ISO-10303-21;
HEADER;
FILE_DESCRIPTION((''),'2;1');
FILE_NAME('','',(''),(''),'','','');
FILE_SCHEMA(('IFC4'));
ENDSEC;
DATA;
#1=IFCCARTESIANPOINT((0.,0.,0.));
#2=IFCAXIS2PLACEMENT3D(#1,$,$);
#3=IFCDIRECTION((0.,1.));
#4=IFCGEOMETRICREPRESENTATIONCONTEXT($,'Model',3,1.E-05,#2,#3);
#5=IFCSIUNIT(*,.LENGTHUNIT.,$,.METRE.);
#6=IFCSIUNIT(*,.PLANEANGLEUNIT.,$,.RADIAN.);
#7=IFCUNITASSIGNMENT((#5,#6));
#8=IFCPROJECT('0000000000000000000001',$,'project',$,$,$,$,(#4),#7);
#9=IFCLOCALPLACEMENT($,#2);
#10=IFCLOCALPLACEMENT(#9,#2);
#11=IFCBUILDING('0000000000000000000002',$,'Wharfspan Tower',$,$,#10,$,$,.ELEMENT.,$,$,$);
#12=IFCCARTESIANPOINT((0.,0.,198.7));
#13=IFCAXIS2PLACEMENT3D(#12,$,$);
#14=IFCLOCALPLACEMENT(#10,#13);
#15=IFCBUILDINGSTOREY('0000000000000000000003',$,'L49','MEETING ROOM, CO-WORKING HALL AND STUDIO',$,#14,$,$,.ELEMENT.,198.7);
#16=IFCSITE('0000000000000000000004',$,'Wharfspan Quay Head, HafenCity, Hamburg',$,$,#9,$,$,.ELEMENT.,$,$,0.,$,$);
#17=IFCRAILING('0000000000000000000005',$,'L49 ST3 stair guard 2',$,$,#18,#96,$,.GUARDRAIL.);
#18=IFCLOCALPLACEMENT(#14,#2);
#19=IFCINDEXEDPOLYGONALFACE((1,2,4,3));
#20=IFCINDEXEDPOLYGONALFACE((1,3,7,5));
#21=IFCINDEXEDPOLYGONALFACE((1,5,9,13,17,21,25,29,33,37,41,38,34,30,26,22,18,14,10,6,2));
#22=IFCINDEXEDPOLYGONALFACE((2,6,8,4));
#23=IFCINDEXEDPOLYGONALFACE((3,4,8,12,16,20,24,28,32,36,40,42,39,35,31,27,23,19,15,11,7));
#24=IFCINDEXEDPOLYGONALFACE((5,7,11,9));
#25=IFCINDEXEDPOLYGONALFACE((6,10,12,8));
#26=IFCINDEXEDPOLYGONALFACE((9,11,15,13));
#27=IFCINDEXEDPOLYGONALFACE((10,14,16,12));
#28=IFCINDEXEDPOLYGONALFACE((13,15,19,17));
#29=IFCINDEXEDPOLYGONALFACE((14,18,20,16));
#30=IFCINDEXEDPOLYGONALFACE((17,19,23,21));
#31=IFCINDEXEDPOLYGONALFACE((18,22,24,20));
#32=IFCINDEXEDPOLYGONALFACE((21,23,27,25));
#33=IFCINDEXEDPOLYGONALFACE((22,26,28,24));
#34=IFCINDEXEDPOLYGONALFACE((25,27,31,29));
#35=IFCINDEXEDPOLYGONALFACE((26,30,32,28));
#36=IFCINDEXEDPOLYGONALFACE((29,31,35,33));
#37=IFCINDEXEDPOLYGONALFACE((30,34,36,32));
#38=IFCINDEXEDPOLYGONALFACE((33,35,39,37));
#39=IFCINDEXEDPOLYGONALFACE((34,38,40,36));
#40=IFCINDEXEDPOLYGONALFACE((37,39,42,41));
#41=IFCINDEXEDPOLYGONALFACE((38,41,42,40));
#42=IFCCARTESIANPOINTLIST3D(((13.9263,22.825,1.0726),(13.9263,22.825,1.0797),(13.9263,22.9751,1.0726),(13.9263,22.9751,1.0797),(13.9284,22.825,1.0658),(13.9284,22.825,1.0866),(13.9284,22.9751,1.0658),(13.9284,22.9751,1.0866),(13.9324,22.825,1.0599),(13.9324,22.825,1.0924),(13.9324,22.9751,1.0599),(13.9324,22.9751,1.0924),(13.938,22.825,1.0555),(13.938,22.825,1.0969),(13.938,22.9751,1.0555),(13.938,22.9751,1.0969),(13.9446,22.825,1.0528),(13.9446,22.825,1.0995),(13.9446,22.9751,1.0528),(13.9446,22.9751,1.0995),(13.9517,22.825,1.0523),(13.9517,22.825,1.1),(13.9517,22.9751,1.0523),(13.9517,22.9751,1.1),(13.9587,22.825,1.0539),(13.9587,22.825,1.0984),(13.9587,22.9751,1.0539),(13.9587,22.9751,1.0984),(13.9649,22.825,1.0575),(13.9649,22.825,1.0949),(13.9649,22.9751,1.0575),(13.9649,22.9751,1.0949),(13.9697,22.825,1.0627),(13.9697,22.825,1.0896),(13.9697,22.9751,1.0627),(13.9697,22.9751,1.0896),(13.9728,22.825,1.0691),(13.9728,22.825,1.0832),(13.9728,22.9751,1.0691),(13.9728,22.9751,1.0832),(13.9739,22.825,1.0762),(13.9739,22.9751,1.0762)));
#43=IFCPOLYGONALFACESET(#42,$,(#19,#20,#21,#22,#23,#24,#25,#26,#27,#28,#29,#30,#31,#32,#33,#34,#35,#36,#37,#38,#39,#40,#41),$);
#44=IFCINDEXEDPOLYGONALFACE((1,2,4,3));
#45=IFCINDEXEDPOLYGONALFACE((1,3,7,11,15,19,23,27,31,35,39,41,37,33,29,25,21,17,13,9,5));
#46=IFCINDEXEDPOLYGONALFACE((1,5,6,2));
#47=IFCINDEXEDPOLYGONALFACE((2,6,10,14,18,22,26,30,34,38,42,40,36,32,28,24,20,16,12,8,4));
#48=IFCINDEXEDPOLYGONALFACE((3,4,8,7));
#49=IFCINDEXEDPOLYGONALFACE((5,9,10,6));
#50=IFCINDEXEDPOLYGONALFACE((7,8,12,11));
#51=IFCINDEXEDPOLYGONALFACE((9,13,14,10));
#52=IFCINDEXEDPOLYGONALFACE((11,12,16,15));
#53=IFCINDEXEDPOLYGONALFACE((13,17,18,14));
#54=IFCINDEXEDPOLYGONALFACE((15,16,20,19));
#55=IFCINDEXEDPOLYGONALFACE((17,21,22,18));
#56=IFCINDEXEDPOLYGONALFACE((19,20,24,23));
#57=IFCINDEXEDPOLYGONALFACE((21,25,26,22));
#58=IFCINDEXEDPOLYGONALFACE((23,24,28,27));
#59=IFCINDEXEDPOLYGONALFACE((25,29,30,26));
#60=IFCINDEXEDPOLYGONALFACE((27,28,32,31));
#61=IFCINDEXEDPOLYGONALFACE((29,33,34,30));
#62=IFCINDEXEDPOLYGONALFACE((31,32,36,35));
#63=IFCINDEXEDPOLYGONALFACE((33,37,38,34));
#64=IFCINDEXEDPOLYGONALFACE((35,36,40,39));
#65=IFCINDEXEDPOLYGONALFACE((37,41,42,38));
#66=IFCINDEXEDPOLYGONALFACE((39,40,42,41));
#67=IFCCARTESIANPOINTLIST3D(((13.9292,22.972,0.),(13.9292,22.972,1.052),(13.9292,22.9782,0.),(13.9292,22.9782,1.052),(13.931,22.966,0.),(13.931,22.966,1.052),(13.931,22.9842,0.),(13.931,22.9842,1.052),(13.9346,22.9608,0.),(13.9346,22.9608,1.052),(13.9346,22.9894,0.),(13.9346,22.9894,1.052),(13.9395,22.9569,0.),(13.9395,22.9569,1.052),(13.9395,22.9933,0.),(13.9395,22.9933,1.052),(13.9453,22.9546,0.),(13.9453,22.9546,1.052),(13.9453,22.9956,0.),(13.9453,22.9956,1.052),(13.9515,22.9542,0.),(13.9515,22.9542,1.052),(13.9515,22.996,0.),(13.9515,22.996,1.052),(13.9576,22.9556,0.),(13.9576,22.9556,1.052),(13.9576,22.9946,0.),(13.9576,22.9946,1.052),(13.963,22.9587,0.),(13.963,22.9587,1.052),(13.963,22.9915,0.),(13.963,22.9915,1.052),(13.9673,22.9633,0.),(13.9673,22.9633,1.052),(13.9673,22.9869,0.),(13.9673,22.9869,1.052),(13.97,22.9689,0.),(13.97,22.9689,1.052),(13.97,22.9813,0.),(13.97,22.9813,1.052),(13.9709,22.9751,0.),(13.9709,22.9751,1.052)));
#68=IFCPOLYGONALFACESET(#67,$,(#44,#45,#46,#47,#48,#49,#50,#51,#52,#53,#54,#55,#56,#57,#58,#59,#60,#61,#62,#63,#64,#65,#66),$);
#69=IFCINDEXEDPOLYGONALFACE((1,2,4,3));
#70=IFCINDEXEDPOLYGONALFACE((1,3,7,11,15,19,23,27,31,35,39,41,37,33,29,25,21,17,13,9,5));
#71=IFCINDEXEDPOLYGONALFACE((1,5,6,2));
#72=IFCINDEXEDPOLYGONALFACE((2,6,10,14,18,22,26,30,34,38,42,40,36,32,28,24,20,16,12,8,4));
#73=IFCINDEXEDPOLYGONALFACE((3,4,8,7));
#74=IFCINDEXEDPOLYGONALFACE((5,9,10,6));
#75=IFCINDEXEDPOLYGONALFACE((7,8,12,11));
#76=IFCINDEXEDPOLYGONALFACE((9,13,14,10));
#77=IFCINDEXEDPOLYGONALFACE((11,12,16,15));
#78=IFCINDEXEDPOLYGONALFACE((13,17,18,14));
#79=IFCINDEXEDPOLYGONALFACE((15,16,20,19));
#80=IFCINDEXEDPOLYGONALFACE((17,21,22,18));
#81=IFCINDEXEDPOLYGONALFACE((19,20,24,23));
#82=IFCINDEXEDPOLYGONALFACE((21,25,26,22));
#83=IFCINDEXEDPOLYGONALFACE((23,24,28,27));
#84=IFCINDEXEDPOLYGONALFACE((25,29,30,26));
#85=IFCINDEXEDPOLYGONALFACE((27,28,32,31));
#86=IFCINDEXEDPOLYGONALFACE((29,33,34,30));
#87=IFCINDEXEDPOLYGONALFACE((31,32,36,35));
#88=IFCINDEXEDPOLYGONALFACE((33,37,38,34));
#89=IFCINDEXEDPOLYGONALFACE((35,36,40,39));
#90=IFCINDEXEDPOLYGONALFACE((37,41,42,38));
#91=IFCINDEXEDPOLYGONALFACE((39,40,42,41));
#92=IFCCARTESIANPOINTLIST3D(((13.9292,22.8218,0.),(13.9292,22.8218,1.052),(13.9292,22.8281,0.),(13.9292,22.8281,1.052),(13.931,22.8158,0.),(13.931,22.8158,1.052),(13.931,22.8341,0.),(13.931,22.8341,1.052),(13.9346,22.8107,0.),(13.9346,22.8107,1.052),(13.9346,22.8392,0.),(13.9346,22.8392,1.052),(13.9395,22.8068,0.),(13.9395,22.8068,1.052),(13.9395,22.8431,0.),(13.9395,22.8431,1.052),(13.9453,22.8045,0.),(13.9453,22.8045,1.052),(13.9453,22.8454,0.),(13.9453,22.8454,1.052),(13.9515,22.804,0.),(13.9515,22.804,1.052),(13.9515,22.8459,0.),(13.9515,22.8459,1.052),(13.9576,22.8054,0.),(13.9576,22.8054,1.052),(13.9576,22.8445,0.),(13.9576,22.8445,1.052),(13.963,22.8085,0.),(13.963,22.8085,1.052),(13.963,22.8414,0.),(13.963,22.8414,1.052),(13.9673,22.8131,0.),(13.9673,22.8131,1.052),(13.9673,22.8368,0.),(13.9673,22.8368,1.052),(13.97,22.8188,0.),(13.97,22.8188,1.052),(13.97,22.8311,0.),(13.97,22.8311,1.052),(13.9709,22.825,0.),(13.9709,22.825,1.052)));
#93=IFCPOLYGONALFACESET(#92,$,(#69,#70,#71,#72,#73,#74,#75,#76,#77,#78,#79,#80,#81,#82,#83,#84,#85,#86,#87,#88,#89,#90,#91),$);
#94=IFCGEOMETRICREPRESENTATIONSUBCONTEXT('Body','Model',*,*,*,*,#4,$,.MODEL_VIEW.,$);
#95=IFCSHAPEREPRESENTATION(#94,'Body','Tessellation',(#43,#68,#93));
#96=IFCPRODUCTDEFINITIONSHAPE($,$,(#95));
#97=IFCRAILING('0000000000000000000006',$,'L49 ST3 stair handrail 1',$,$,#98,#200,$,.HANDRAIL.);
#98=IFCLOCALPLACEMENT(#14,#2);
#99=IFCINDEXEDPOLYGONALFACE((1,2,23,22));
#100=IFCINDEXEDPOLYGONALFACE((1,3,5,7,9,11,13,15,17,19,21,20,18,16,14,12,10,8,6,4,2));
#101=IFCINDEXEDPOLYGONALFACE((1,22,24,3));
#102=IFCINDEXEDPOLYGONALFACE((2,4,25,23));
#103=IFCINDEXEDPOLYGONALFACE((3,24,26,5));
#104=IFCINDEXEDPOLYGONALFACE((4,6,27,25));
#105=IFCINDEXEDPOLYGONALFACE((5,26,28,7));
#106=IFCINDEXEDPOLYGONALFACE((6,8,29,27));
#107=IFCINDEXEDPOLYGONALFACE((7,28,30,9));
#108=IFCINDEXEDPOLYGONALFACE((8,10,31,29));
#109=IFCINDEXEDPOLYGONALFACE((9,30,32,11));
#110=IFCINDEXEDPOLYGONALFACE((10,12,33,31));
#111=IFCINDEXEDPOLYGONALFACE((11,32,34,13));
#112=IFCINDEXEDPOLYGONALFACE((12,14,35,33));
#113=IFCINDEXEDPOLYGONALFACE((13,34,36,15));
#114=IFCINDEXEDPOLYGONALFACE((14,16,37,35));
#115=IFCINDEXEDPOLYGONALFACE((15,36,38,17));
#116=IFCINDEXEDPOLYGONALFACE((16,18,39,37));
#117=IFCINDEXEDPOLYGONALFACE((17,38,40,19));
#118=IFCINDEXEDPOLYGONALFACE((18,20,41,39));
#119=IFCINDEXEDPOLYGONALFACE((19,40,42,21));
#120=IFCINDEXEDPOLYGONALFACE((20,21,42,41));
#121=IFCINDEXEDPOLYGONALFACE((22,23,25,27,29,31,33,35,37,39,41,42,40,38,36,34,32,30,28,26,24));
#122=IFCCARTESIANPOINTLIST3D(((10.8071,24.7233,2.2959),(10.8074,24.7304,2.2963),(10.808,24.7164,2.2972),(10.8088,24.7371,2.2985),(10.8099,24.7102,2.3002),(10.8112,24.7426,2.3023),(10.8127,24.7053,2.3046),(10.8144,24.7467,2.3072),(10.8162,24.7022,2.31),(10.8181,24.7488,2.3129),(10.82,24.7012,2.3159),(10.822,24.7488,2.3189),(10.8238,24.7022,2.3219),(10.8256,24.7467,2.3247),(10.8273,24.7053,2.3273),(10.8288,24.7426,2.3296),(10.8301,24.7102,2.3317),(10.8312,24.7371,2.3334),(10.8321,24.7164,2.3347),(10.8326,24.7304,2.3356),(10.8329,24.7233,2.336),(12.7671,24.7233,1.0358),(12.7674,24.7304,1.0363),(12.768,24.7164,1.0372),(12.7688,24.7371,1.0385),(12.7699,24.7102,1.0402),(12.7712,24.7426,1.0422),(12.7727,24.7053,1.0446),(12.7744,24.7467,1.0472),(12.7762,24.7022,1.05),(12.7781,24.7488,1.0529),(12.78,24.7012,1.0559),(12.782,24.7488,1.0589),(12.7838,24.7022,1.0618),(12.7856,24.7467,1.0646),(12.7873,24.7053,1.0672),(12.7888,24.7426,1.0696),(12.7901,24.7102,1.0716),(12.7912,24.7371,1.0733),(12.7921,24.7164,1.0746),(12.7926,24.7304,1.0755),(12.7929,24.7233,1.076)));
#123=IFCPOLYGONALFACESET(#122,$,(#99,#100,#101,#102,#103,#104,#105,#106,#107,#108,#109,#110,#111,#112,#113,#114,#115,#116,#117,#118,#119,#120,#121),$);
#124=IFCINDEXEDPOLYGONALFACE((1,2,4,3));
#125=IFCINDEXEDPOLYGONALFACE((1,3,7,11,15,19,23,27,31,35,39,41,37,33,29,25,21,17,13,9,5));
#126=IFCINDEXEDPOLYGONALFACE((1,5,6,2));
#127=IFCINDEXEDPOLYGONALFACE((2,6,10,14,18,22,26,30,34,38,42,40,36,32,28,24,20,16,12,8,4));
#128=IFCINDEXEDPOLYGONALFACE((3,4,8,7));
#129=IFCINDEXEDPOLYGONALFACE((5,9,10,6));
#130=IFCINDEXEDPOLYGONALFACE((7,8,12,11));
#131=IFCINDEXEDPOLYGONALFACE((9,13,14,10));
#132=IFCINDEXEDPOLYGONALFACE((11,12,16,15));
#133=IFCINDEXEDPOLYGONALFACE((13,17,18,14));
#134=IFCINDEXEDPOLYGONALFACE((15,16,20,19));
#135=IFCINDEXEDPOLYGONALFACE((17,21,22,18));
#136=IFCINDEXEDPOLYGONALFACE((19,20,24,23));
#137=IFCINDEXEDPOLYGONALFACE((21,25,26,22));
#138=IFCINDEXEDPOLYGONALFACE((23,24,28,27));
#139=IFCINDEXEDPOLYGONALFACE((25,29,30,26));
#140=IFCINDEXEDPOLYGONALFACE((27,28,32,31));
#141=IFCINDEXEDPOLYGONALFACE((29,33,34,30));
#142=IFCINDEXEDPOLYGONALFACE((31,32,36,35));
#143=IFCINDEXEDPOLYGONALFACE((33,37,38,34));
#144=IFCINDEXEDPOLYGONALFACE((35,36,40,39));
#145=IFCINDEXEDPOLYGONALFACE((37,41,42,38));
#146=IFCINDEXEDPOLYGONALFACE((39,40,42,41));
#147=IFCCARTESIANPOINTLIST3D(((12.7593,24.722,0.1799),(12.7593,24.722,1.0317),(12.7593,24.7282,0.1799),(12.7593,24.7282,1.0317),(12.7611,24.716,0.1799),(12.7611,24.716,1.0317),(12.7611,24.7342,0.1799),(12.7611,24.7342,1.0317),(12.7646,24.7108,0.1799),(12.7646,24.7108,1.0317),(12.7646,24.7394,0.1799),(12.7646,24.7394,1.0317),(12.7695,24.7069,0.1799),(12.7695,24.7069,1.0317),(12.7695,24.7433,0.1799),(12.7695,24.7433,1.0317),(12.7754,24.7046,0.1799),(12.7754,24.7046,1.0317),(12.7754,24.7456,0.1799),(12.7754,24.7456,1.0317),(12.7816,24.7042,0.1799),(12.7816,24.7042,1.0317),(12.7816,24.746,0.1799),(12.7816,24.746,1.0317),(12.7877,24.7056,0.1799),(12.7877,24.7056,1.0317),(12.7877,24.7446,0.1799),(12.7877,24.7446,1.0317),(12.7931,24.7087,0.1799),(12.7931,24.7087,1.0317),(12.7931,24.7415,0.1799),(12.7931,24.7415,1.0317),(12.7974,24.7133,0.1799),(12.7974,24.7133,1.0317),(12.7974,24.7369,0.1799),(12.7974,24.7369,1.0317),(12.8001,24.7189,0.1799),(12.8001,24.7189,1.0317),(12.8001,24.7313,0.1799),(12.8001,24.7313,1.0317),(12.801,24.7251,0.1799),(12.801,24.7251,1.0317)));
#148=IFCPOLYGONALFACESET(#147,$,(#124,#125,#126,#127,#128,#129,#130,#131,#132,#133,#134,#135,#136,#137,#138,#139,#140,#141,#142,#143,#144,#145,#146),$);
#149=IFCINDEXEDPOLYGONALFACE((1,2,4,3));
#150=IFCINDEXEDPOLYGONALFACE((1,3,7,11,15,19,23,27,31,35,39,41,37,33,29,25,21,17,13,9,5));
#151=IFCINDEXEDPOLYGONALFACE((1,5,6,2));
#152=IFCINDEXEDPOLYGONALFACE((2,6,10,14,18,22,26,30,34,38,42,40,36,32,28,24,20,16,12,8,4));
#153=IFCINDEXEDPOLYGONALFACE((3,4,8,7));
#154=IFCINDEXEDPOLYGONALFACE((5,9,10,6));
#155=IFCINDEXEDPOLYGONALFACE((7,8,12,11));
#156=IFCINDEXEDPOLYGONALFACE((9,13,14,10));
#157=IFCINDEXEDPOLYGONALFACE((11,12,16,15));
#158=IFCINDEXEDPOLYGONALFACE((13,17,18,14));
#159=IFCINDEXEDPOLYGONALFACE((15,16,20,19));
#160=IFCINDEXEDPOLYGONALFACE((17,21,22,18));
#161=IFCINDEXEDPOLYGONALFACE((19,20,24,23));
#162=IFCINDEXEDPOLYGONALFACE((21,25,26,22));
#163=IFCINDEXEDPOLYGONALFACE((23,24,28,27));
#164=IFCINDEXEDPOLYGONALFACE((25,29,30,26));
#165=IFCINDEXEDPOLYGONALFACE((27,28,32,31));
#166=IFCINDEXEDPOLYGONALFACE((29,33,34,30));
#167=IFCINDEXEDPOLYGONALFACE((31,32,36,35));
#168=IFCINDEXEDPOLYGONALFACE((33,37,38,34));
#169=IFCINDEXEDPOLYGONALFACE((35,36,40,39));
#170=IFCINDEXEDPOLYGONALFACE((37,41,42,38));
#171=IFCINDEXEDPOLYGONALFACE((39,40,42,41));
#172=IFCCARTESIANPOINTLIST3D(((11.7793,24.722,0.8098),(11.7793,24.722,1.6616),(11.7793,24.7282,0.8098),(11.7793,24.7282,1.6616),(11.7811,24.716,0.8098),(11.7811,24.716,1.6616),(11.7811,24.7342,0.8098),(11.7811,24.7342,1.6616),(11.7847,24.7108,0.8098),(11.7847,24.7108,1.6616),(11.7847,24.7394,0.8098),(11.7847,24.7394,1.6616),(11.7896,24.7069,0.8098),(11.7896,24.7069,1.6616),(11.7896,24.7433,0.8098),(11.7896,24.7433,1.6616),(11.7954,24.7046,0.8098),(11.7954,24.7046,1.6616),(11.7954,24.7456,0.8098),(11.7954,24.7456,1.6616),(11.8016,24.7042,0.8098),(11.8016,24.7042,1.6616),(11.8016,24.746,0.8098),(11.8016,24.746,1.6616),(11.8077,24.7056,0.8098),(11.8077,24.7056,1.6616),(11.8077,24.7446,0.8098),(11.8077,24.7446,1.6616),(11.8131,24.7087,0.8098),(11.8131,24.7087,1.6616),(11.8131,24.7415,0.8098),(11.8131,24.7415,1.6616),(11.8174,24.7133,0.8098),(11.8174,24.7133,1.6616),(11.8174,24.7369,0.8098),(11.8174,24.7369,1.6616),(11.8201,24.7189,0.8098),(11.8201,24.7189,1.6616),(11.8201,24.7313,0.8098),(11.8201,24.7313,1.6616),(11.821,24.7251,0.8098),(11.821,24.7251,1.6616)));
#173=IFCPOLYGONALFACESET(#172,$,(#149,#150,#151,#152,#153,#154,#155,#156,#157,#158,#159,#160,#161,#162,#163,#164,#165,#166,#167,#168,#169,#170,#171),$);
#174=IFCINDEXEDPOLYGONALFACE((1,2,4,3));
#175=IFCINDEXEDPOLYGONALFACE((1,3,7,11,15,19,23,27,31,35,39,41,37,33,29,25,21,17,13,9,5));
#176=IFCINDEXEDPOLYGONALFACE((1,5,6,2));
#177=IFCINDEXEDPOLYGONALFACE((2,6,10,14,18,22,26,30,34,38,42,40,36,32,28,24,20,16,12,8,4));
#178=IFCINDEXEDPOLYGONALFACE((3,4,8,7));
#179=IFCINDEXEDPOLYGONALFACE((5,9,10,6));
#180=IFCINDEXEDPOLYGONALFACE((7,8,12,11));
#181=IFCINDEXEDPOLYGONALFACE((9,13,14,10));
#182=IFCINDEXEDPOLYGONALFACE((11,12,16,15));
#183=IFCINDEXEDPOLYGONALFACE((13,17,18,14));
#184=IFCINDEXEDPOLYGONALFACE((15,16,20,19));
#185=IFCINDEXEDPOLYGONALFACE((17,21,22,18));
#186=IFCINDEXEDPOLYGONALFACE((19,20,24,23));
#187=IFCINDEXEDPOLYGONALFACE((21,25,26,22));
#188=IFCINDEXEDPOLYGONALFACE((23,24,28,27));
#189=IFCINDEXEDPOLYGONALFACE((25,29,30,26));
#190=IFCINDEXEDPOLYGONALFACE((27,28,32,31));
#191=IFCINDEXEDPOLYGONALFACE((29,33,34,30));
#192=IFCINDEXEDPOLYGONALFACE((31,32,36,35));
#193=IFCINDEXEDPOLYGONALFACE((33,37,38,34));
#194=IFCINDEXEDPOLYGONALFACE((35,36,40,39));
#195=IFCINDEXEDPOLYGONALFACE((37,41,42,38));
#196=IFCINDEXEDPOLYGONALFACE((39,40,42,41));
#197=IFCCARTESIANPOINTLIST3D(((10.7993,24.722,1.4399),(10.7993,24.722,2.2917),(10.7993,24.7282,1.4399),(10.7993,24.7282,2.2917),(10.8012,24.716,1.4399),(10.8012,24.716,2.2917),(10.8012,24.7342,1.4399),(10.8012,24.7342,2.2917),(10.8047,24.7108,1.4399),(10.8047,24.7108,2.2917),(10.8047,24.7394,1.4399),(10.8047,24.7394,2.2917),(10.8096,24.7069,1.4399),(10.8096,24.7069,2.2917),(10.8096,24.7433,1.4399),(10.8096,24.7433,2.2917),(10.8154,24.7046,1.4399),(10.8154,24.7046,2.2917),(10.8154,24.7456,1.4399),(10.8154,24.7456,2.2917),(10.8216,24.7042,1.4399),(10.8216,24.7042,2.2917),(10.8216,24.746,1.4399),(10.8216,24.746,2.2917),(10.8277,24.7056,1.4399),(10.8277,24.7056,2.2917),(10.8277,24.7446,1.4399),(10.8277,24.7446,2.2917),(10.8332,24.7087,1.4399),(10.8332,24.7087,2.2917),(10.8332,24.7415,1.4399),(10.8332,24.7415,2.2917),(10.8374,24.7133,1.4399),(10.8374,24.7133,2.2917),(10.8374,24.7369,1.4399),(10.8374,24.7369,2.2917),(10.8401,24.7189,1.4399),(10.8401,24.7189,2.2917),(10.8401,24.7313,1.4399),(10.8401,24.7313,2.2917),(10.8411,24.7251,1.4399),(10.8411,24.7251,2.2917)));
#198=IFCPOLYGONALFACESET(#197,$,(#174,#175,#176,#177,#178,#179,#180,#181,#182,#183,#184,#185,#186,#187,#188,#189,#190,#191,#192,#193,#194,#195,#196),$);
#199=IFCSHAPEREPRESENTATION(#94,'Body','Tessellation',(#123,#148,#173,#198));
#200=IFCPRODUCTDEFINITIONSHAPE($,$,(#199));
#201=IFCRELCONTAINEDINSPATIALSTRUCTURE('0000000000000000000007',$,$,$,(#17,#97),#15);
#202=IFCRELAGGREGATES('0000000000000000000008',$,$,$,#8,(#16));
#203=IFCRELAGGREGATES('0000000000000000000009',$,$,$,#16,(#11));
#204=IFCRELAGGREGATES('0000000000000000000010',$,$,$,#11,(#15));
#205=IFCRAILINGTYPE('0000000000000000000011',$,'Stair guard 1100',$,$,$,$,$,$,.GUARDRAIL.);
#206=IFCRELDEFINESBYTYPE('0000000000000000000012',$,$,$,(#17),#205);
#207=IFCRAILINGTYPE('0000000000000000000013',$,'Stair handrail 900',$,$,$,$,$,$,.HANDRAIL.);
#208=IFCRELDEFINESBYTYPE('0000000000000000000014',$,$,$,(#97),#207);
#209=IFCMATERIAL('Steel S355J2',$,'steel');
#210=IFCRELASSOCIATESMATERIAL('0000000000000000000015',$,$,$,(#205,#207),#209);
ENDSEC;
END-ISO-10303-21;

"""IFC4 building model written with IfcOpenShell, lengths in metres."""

from ifc_helpers import new_model, si_unit, direction, frame, origin, origin_2d, place, context, subcontext, project, spatial, circle, extrude, material, type_object, element, save


model = new_model("IFC4")

# Units and contexts
model_context = context("Model", 3, precision=1e-05, world=origin(), true_north=direction((0.0, 1.0)))
body_context = subcontext(model_context, "Body", "Model", "MODEL_VIEW")
ifc_project = project(units=[si_unit("LENGTHUNIT", "METRE"), si_unit("PLANEANGLEUNIT", "RADIAN")], contexts=[model_context])

# Site, building, storey
site_placement = place(None, origin())
site = spatial("IfcSite", under=ifc_project, at=site_placement, Name="Wharfspan Quay Head, HafenCity, Hamburg", CompositionType="ELEMENT", RefElevation=0.0)
building_placement = place(site_placement, origin())
building = spatial("IfcBuilding", under=site, at=building_placement, Name="Wharfspan Tower", CompositionType="ELEMENT")
storey_placement = place(building_placement, frame((0.0, 0.0, 198.7)))
storey = spatial("IfcBuildingStorey", under=building, at=storey_placement, Name="L49", Description="MEETING ROOM, CO-WORKING HALL AND STUDIO", CompositionType="ELEMENT", Elevation=198.7)

# Shared definitions
ifc_material_1 = material(Name="Steel S355J2", Category="steel")

# Railings
railing_type_1 = type_object("IfcRailingType", Name="Stair guard 1100", PredefinedType="GUARDRAIL", material=ifc_material_1)
railing_1_placement = place(storey_placement, frame((13.95, 22.9751, 0.0)))
element("IfcRailing", 1, at=railing_1_placement, inside=storey, type_object=railing_type_1, Name="L49 ST3 stair guard 2", PredefinedType="GUARDRAIL", context=body_context, shape_type="SweptSolid", body=[
    extrude(circle(Radius=0.0239, at=origin_2d()), frame((0.0, 0.0, 1.0762), z_axis=(0.0, -1.0, 0.0), x_axis=(1.0, 0.0, 0.0)), (0.0, 0.0, 1.0), 0.1501),
    extrude(circle(Radius=0.021, at=origin_2d()), origin(), (0.0, 0.0, 1.0), 1.052),
    extrude(circle(Radius=0.021, at=origin_2d()), frame((0.0, -0.1501, 0.0)), (0.0, 0.0, 1.0), 1.052),
])
railing_type_2 = type_object("IfcRailingType", Name="Stair handrail 900", PredefinedType="HANDRAIL", material=ifc_material_1)
railing_2_placement = place(storey_placement, frame((12.78, 24.7251, 0.1799)))
element("IfcRailing", 2, at=railing_2_placement, inside=storey, type_object=railing_type_2, Name="L49 ST3 stair handrail 1", PredefinedType="HANDRAIL", context=body_context, shape_type="SweptSolid", body=[
    extrude(circle(Radius=0.0239, at=origin_2d()), frame((0.0, 0.0, 0.876), z_axis=(-0.841172, 0.0, 0.540768), x_axis=(0.0, -1.0, 0.0)), (0.0, 0.0, 1.0), 2.3301),
    extrude(circle(Radius=0.021, at=origin_2d()), origin(), (0.0, 0.0, 1.0), 0.8518),
    extrude(circle(Radius=0.021, at=origin_2d()), frame((-0.98, 0.0, 0.6299)), (0.0, 0.0, 1.0), 0.8518),
    extrude(circle(Radius=0.021, at=origin_2d()), frame((-1.96, 0.0, 1.26)), (0.0, 0.0, 1.0), 0.8518),
])

save(model, "model.ifc")
